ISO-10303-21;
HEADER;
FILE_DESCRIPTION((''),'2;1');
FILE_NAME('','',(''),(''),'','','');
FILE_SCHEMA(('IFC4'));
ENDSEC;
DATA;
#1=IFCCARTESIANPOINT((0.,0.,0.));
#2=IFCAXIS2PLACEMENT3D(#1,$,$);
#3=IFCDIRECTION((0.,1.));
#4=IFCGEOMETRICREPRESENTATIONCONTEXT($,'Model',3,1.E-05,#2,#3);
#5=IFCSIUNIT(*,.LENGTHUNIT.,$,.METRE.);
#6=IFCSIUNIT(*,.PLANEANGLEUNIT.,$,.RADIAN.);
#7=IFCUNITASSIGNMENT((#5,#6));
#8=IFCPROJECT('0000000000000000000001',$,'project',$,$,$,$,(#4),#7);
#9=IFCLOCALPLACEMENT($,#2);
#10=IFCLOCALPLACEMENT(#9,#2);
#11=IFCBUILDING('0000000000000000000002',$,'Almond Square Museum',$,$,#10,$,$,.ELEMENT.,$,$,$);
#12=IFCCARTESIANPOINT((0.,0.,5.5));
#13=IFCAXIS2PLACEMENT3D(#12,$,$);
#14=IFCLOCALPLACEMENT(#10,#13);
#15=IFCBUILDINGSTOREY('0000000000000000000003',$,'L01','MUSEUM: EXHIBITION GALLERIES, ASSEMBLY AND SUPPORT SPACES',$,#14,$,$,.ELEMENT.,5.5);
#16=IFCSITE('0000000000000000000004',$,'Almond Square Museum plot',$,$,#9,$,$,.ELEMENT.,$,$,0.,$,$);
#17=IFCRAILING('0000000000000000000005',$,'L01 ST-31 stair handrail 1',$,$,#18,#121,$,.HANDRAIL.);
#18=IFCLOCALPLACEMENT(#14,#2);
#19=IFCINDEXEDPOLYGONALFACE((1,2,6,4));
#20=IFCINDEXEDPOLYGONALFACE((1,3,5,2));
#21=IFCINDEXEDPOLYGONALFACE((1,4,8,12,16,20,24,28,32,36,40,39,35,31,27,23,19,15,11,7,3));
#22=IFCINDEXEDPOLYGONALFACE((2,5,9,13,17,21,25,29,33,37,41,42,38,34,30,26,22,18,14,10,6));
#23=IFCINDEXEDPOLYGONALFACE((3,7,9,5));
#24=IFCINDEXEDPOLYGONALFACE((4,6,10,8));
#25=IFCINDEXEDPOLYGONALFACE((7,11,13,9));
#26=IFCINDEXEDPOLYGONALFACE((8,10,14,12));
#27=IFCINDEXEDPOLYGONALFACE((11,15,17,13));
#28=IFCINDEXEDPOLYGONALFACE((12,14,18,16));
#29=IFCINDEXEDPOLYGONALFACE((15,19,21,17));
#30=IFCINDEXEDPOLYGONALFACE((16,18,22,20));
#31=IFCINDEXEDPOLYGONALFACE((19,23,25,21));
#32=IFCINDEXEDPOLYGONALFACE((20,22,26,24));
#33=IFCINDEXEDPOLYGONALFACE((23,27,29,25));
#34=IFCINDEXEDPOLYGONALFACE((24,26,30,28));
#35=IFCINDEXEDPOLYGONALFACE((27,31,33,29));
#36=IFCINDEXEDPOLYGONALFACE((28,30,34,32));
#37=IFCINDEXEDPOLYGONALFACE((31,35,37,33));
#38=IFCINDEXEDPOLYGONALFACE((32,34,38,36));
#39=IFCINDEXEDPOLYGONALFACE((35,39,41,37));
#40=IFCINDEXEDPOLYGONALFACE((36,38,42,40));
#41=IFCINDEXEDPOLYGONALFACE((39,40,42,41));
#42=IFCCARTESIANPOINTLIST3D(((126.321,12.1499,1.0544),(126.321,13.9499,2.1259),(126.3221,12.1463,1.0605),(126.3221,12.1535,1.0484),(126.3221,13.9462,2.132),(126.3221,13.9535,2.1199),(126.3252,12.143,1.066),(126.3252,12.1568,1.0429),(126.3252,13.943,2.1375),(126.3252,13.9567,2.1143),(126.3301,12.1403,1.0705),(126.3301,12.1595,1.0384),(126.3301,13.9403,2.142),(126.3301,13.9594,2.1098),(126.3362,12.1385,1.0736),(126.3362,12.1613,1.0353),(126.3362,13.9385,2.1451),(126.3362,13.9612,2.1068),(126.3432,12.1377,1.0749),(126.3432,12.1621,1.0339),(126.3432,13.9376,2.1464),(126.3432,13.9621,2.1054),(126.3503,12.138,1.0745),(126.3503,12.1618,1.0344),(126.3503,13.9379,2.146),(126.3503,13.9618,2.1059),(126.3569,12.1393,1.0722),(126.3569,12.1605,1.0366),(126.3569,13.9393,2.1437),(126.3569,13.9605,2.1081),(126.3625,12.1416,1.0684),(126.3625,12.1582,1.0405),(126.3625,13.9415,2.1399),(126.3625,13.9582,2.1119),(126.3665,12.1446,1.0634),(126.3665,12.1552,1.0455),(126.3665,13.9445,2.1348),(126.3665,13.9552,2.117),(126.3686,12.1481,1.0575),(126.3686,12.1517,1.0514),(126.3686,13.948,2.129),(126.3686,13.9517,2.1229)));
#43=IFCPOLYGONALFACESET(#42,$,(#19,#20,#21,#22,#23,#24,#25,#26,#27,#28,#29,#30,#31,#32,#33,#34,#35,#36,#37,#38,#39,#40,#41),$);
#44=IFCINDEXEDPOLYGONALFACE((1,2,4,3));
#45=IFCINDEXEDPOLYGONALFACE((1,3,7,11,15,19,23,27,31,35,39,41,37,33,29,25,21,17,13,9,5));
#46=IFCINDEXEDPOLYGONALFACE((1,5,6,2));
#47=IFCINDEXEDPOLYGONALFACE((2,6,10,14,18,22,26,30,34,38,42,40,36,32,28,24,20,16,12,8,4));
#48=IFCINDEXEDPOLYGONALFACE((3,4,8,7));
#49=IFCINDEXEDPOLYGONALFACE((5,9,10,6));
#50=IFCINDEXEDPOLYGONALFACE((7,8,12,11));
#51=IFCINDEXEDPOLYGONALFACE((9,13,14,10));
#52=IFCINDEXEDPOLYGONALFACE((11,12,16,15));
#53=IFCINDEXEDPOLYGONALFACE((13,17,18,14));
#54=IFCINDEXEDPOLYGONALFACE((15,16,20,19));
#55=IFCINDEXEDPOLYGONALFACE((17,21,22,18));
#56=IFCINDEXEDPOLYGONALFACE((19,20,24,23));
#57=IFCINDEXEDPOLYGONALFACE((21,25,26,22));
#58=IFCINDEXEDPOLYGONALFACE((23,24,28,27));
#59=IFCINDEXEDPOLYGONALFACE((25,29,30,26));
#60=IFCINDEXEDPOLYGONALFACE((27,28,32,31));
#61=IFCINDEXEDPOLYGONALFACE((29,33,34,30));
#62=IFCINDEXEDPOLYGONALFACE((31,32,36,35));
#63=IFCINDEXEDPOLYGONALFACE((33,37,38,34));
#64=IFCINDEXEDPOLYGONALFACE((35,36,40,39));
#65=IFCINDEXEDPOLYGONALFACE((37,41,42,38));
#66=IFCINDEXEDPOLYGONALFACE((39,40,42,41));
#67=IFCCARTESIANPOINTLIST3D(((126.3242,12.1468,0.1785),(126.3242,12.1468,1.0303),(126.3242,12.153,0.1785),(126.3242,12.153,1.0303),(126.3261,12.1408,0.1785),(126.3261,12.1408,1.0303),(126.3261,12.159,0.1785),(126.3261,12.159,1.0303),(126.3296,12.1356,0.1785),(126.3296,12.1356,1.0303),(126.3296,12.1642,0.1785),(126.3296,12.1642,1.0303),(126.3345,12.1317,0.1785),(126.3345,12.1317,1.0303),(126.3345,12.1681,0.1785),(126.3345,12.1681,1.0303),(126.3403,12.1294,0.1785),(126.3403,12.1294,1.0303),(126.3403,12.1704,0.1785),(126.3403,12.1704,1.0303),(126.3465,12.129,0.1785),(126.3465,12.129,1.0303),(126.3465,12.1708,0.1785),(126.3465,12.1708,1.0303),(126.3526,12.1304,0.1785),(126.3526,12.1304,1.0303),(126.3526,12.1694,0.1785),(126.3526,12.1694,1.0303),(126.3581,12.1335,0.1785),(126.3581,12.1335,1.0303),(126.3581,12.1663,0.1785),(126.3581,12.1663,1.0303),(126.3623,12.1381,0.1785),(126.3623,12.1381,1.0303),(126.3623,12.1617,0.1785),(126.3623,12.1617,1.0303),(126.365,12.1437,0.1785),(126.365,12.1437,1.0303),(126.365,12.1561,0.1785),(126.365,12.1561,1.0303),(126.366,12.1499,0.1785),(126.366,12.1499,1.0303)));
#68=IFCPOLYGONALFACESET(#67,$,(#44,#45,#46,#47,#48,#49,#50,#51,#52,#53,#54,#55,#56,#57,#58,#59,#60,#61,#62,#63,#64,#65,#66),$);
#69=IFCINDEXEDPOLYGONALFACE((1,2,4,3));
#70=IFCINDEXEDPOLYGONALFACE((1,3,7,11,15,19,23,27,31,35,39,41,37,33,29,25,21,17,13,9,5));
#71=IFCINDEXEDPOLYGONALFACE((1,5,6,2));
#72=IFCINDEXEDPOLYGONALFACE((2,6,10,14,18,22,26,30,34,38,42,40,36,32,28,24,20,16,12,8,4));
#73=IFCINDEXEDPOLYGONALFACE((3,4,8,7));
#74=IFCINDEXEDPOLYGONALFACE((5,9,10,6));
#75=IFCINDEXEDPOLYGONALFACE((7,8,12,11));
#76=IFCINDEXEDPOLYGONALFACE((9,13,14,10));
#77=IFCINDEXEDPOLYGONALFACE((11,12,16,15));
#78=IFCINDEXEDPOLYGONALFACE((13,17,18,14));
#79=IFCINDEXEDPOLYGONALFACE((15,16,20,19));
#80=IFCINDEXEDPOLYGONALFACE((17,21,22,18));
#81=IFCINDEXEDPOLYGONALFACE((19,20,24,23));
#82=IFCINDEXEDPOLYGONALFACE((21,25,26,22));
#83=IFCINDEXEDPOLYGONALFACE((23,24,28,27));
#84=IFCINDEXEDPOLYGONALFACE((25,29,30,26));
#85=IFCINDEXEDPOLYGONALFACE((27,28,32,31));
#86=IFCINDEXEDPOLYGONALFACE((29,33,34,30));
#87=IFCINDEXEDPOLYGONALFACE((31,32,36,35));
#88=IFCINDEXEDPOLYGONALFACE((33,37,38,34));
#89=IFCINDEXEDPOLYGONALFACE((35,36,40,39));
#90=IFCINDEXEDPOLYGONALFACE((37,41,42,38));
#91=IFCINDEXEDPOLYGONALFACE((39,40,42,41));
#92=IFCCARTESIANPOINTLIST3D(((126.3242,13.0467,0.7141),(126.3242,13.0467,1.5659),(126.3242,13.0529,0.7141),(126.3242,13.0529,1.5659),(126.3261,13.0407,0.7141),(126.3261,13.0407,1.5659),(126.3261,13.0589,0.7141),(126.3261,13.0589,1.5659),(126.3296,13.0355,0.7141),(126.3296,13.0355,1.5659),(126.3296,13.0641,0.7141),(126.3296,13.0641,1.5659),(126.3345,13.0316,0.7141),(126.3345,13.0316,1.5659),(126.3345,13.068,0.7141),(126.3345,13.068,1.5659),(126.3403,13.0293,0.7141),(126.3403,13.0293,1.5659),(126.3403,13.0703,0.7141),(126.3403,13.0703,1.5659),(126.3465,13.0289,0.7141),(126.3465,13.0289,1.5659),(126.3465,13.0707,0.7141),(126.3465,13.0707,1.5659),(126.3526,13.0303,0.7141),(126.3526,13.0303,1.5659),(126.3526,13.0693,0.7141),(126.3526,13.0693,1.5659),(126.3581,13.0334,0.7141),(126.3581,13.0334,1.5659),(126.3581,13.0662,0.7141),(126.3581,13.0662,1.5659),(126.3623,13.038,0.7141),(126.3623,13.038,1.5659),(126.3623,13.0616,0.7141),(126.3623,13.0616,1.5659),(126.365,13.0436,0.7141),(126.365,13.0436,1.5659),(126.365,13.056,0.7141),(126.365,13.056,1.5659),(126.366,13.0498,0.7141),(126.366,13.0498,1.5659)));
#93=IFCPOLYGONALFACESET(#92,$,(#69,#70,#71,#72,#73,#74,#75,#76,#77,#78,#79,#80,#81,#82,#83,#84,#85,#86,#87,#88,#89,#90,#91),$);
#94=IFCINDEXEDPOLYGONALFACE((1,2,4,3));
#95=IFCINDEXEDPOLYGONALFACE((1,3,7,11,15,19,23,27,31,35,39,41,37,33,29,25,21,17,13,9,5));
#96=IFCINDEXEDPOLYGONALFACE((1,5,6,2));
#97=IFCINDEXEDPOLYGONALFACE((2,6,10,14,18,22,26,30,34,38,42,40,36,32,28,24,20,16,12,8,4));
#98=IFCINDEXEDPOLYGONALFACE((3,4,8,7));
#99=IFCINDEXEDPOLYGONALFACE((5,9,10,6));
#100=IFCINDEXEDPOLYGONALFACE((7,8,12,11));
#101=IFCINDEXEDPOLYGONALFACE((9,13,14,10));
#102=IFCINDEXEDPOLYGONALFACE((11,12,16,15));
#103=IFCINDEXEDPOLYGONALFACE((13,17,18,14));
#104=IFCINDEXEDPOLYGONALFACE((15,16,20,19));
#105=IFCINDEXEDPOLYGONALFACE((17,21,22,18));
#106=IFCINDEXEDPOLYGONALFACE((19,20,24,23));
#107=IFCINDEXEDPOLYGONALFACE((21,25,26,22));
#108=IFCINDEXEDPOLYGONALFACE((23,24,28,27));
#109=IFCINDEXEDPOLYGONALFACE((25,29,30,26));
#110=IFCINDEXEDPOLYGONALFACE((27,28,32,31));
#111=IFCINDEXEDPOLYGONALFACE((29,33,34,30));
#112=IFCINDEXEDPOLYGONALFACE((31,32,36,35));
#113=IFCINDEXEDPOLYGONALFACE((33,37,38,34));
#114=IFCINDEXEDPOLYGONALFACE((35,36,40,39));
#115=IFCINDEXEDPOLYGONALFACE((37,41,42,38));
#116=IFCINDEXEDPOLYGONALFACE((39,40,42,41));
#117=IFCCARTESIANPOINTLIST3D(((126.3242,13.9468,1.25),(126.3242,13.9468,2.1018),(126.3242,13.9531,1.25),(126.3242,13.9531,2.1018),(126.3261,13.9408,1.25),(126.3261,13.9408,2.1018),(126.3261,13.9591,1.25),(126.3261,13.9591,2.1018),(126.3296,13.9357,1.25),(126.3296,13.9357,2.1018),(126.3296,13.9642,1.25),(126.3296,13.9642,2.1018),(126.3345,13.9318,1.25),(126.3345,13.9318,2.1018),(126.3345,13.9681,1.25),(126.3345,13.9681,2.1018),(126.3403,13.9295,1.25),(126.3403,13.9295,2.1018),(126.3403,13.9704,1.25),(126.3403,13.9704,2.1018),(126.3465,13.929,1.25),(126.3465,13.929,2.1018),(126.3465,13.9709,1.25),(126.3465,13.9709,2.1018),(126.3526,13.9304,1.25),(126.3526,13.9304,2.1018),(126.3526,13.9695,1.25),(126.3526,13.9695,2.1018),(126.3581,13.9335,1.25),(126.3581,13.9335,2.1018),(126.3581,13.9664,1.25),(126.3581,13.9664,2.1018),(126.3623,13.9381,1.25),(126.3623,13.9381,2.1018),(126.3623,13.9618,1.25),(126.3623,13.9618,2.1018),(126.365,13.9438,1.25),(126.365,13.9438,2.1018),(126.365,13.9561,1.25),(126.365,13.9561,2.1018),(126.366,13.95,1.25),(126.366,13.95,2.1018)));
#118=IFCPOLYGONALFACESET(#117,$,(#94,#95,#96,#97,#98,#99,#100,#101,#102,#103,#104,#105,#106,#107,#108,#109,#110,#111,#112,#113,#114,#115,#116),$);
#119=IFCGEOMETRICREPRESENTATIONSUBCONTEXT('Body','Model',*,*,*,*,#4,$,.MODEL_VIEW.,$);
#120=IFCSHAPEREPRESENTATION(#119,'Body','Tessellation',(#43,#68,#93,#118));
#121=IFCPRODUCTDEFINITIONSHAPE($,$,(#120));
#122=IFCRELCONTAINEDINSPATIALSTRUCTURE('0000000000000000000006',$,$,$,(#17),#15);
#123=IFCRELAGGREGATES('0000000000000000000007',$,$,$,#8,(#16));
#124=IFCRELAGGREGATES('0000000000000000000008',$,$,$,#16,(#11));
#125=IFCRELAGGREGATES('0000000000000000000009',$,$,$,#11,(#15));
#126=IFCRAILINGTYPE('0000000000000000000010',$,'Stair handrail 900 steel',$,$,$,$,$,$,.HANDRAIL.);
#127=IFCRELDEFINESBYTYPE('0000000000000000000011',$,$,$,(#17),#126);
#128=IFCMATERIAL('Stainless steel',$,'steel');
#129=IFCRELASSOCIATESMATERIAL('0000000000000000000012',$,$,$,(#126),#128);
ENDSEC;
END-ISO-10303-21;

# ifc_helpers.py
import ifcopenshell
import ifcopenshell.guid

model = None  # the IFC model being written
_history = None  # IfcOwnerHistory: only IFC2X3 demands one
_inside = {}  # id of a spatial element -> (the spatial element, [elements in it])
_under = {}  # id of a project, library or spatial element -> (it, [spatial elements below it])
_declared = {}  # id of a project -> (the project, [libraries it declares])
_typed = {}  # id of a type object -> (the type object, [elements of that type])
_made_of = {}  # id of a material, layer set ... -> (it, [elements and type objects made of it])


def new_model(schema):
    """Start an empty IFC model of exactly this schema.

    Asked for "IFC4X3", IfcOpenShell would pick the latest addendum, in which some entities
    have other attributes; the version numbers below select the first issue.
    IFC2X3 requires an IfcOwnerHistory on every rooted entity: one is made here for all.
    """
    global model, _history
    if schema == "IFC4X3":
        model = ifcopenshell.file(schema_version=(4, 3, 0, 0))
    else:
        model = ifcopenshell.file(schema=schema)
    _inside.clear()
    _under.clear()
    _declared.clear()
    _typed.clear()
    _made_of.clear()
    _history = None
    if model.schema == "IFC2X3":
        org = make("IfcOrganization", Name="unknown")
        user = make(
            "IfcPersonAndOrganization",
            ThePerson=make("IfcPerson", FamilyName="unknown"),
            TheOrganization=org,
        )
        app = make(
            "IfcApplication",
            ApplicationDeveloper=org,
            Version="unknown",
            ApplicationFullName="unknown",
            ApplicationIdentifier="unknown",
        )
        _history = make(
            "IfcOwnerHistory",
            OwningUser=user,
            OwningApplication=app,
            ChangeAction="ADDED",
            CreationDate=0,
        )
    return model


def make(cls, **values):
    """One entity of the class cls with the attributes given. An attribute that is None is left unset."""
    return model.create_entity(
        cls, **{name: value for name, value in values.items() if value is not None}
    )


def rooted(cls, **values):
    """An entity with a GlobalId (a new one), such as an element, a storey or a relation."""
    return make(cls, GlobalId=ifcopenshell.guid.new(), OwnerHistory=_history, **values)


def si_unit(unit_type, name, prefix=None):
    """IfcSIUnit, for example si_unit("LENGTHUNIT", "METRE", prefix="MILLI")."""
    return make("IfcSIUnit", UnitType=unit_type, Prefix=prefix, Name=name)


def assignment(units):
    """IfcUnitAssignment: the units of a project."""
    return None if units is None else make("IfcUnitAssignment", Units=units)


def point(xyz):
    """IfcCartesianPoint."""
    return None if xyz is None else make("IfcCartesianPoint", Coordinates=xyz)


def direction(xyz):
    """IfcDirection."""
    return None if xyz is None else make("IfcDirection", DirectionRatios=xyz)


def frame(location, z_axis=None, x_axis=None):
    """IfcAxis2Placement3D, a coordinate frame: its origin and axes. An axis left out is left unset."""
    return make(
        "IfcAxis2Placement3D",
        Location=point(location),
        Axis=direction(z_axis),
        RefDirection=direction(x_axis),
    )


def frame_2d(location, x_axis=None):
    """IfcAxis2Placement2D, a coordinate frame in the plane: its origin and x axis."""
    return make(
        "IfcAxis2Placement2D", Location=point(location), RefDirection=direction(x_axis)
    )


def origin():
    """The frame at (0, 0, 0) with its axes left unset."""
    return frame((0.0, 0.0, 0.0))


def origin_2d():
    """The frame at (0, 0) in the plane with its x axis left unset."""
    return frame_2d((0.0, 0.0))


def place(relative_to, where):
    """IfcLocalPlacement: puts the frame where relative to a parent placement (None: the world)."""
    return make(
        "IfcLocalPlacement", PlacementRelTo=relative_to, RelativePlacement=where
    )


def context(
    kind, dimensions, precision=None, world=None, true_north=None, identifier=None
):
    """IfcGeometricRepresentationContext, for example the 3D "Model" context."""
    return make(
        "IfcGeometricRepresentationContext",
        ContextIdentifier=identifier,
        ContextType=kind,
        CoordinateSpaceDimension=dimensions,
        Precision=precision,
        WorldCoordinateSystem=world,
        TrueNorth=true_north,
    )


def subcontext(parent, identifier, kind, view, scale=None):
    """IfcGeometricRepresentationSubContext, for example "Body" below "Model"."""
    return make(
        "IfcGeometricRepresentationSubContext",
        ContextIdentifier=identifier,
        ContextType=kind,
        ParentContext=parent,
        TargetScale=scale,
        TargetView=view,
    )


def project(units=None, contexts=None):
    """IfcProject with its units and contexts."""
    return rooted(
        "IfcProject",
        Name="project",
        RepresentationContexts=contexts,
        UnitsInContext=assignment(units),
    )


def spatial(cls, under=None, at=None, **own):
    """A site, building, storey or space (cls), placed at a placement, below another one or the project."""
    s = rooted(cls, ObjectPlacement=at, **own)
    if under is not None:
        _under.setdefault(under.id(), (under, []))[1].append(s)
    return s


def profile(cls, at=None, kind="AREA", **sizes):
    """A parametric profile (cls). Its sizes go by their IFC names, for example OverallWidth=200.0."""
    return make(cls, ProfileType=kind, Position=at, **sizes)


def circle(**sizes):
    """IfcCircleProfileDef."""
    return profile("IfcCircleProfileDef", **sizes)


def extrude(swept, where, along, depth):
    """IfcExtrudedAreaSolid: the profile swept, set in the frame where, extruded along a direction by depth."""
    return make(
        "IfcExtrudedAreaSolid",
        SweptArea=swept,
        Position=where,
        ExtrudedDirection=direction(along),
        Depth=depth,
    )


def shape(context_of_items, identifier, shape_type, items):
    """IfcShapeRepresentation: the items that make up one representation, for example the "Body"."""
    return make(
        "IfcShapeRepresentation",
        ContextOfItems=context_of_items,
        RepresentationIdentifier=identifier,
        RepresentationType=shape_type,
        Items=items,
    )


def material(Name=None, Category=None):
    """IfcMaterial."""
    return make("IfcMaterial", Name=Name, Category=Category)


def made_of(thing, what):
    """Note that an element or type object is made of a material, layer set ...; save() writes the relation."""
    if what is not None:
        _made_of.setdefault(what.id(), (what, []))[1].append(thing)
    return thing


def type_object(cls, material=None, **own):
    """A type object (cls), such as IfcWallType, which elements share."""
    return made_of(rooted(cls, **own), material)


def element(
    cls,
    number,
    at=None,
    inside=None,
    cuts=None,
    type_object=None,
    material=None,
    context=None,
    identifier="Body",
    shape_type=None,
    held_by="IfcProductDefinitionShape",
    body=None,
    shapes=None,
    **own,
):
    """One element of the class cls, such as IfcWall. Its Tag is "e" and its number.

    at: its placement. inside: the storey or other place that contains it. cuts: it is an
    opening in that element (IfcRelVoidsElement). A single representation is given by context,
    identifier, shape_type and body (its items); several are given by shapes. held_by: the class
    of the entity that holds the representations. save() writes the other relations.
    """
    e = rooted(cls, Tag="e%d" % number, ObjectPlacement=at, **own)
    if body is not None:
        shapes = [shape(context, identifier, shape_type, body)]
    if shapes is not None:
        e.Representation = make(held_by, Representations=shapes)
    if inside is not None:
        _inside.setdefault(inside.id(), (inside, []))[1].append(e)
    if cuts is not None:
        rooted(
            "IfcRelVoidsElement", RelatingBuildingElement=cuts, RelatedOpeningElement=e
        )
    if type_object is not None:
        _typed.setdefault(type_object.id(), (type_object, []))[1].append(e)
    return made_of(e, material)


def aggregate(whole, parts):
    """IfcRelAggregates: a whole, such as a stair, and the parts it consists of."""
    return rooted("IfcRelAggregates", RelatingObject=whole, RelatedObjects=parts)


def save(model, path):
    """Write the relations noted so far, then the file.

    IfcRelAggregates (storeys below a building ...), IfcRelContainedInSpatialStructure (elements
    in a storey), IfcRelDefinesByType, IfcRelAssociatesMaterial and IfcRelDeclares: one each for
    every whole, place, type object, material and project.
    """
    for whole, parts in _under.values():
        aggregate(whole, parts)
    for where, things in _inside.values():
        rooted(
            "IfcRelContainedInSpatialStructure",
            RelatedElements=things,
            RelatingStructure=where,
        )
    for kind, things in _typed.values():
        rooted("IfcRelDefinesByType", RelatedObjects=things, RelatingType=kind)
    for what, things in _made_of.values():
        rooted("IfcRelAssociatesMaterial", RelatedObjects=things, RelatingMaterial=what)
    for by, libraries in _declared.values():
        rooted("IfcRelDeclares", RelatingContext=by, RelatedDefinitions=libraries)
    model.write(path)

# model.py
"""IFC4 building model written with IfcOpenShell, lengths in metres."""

from ifc_helpers import new_model, si_unit, direction, frame, origin, origin_2d, place, context, subcontext, project, spatial, circle, extrude, material, type_object, element, save


model = new_model("IFC4")

# Units and contexts
model_context = context("Model", 3, precision=1e-05, world=origin(), true_north=direction((0.0, 1.0)))
body_context = subcontext(model_context, "Body", "Model", "MODEL_VIEW")
ifc_project = project(units=[si_unit("LENGTHUNIT", "METRE"), si_unit("PLANEANGLEUNIT", "RADIAN")], contexts=[model_context])

# Site, building, storey
site_placement = place(None, origin())
site = spatial("IfcSite", under=ifc_project, at=site_placement, Name="Almond Square Museum plot", CompositionType="ELEMENT", RefElevation=0.0)
building_placement = place(site_placement, origin())
building = spatial("IfcBuilding", under=site, at=building_placement, Name="Almond Square Museum", CompositionType="ELEMENT")
storey_placement = place(building_placement, frame((0.0, 0.0, 5.5)))
storey = spatial("IfcBuildingStorey", under=building, at=storey_placement, Name="L01", Description="MUSEUM: EXHIBITION GALLERIES, ASSEMBLY AND SUPPORT SPACES", CompositionType="ELEMENT", Elevation=5.5)

# Railing
ifc_material_1 = material(Name="Stainless steel", Category="steel")
railing_type_1 = type_object("IfcRailingType", Name="Stair handrail 900 steel", PredefinedType="HANDRAIL", material=ifc_material_1)
railing_1_placement = place(storey_placement, frame((126.345, 12.1499, 0.1785)))
element("IfcRailing", 1, at=railing_1_placement, inside=storey, type_object=railing_type_1, Name="L01 ST-31 stair handrail 1", PredefinedType="HANDRAIL", context=body_context, shape_type="SweptSolid", body=[
    extrude(circle(Radius=0.0239, at=origin_2d()), frame((0.0, 0.0, 0.876), z_axis=(0.0, 0.859277, 0.51151), x_axis=(-1.0, 0.0, 0.0)), (0.0, 0.0, 1.0), 2.0947),
    extrude(circle(Radius=0.021, at=origin_2d()), origin(), (0.0, 0.0, 1.0), 0.8518),
    extrude(circle(Radius=0.021, at=origin_2d()), frame((0.0, 0.8999, 0.5356)), (0.0, 0.0, 1.0), 0.8518),
    extrude(circle(Radius=0.021, at=origin_2d()), frame((0.0, 1.8, 1.0715)), (0.0, 0.0, 1.0), 0.8518),
])

save(model, "model.ifc")
